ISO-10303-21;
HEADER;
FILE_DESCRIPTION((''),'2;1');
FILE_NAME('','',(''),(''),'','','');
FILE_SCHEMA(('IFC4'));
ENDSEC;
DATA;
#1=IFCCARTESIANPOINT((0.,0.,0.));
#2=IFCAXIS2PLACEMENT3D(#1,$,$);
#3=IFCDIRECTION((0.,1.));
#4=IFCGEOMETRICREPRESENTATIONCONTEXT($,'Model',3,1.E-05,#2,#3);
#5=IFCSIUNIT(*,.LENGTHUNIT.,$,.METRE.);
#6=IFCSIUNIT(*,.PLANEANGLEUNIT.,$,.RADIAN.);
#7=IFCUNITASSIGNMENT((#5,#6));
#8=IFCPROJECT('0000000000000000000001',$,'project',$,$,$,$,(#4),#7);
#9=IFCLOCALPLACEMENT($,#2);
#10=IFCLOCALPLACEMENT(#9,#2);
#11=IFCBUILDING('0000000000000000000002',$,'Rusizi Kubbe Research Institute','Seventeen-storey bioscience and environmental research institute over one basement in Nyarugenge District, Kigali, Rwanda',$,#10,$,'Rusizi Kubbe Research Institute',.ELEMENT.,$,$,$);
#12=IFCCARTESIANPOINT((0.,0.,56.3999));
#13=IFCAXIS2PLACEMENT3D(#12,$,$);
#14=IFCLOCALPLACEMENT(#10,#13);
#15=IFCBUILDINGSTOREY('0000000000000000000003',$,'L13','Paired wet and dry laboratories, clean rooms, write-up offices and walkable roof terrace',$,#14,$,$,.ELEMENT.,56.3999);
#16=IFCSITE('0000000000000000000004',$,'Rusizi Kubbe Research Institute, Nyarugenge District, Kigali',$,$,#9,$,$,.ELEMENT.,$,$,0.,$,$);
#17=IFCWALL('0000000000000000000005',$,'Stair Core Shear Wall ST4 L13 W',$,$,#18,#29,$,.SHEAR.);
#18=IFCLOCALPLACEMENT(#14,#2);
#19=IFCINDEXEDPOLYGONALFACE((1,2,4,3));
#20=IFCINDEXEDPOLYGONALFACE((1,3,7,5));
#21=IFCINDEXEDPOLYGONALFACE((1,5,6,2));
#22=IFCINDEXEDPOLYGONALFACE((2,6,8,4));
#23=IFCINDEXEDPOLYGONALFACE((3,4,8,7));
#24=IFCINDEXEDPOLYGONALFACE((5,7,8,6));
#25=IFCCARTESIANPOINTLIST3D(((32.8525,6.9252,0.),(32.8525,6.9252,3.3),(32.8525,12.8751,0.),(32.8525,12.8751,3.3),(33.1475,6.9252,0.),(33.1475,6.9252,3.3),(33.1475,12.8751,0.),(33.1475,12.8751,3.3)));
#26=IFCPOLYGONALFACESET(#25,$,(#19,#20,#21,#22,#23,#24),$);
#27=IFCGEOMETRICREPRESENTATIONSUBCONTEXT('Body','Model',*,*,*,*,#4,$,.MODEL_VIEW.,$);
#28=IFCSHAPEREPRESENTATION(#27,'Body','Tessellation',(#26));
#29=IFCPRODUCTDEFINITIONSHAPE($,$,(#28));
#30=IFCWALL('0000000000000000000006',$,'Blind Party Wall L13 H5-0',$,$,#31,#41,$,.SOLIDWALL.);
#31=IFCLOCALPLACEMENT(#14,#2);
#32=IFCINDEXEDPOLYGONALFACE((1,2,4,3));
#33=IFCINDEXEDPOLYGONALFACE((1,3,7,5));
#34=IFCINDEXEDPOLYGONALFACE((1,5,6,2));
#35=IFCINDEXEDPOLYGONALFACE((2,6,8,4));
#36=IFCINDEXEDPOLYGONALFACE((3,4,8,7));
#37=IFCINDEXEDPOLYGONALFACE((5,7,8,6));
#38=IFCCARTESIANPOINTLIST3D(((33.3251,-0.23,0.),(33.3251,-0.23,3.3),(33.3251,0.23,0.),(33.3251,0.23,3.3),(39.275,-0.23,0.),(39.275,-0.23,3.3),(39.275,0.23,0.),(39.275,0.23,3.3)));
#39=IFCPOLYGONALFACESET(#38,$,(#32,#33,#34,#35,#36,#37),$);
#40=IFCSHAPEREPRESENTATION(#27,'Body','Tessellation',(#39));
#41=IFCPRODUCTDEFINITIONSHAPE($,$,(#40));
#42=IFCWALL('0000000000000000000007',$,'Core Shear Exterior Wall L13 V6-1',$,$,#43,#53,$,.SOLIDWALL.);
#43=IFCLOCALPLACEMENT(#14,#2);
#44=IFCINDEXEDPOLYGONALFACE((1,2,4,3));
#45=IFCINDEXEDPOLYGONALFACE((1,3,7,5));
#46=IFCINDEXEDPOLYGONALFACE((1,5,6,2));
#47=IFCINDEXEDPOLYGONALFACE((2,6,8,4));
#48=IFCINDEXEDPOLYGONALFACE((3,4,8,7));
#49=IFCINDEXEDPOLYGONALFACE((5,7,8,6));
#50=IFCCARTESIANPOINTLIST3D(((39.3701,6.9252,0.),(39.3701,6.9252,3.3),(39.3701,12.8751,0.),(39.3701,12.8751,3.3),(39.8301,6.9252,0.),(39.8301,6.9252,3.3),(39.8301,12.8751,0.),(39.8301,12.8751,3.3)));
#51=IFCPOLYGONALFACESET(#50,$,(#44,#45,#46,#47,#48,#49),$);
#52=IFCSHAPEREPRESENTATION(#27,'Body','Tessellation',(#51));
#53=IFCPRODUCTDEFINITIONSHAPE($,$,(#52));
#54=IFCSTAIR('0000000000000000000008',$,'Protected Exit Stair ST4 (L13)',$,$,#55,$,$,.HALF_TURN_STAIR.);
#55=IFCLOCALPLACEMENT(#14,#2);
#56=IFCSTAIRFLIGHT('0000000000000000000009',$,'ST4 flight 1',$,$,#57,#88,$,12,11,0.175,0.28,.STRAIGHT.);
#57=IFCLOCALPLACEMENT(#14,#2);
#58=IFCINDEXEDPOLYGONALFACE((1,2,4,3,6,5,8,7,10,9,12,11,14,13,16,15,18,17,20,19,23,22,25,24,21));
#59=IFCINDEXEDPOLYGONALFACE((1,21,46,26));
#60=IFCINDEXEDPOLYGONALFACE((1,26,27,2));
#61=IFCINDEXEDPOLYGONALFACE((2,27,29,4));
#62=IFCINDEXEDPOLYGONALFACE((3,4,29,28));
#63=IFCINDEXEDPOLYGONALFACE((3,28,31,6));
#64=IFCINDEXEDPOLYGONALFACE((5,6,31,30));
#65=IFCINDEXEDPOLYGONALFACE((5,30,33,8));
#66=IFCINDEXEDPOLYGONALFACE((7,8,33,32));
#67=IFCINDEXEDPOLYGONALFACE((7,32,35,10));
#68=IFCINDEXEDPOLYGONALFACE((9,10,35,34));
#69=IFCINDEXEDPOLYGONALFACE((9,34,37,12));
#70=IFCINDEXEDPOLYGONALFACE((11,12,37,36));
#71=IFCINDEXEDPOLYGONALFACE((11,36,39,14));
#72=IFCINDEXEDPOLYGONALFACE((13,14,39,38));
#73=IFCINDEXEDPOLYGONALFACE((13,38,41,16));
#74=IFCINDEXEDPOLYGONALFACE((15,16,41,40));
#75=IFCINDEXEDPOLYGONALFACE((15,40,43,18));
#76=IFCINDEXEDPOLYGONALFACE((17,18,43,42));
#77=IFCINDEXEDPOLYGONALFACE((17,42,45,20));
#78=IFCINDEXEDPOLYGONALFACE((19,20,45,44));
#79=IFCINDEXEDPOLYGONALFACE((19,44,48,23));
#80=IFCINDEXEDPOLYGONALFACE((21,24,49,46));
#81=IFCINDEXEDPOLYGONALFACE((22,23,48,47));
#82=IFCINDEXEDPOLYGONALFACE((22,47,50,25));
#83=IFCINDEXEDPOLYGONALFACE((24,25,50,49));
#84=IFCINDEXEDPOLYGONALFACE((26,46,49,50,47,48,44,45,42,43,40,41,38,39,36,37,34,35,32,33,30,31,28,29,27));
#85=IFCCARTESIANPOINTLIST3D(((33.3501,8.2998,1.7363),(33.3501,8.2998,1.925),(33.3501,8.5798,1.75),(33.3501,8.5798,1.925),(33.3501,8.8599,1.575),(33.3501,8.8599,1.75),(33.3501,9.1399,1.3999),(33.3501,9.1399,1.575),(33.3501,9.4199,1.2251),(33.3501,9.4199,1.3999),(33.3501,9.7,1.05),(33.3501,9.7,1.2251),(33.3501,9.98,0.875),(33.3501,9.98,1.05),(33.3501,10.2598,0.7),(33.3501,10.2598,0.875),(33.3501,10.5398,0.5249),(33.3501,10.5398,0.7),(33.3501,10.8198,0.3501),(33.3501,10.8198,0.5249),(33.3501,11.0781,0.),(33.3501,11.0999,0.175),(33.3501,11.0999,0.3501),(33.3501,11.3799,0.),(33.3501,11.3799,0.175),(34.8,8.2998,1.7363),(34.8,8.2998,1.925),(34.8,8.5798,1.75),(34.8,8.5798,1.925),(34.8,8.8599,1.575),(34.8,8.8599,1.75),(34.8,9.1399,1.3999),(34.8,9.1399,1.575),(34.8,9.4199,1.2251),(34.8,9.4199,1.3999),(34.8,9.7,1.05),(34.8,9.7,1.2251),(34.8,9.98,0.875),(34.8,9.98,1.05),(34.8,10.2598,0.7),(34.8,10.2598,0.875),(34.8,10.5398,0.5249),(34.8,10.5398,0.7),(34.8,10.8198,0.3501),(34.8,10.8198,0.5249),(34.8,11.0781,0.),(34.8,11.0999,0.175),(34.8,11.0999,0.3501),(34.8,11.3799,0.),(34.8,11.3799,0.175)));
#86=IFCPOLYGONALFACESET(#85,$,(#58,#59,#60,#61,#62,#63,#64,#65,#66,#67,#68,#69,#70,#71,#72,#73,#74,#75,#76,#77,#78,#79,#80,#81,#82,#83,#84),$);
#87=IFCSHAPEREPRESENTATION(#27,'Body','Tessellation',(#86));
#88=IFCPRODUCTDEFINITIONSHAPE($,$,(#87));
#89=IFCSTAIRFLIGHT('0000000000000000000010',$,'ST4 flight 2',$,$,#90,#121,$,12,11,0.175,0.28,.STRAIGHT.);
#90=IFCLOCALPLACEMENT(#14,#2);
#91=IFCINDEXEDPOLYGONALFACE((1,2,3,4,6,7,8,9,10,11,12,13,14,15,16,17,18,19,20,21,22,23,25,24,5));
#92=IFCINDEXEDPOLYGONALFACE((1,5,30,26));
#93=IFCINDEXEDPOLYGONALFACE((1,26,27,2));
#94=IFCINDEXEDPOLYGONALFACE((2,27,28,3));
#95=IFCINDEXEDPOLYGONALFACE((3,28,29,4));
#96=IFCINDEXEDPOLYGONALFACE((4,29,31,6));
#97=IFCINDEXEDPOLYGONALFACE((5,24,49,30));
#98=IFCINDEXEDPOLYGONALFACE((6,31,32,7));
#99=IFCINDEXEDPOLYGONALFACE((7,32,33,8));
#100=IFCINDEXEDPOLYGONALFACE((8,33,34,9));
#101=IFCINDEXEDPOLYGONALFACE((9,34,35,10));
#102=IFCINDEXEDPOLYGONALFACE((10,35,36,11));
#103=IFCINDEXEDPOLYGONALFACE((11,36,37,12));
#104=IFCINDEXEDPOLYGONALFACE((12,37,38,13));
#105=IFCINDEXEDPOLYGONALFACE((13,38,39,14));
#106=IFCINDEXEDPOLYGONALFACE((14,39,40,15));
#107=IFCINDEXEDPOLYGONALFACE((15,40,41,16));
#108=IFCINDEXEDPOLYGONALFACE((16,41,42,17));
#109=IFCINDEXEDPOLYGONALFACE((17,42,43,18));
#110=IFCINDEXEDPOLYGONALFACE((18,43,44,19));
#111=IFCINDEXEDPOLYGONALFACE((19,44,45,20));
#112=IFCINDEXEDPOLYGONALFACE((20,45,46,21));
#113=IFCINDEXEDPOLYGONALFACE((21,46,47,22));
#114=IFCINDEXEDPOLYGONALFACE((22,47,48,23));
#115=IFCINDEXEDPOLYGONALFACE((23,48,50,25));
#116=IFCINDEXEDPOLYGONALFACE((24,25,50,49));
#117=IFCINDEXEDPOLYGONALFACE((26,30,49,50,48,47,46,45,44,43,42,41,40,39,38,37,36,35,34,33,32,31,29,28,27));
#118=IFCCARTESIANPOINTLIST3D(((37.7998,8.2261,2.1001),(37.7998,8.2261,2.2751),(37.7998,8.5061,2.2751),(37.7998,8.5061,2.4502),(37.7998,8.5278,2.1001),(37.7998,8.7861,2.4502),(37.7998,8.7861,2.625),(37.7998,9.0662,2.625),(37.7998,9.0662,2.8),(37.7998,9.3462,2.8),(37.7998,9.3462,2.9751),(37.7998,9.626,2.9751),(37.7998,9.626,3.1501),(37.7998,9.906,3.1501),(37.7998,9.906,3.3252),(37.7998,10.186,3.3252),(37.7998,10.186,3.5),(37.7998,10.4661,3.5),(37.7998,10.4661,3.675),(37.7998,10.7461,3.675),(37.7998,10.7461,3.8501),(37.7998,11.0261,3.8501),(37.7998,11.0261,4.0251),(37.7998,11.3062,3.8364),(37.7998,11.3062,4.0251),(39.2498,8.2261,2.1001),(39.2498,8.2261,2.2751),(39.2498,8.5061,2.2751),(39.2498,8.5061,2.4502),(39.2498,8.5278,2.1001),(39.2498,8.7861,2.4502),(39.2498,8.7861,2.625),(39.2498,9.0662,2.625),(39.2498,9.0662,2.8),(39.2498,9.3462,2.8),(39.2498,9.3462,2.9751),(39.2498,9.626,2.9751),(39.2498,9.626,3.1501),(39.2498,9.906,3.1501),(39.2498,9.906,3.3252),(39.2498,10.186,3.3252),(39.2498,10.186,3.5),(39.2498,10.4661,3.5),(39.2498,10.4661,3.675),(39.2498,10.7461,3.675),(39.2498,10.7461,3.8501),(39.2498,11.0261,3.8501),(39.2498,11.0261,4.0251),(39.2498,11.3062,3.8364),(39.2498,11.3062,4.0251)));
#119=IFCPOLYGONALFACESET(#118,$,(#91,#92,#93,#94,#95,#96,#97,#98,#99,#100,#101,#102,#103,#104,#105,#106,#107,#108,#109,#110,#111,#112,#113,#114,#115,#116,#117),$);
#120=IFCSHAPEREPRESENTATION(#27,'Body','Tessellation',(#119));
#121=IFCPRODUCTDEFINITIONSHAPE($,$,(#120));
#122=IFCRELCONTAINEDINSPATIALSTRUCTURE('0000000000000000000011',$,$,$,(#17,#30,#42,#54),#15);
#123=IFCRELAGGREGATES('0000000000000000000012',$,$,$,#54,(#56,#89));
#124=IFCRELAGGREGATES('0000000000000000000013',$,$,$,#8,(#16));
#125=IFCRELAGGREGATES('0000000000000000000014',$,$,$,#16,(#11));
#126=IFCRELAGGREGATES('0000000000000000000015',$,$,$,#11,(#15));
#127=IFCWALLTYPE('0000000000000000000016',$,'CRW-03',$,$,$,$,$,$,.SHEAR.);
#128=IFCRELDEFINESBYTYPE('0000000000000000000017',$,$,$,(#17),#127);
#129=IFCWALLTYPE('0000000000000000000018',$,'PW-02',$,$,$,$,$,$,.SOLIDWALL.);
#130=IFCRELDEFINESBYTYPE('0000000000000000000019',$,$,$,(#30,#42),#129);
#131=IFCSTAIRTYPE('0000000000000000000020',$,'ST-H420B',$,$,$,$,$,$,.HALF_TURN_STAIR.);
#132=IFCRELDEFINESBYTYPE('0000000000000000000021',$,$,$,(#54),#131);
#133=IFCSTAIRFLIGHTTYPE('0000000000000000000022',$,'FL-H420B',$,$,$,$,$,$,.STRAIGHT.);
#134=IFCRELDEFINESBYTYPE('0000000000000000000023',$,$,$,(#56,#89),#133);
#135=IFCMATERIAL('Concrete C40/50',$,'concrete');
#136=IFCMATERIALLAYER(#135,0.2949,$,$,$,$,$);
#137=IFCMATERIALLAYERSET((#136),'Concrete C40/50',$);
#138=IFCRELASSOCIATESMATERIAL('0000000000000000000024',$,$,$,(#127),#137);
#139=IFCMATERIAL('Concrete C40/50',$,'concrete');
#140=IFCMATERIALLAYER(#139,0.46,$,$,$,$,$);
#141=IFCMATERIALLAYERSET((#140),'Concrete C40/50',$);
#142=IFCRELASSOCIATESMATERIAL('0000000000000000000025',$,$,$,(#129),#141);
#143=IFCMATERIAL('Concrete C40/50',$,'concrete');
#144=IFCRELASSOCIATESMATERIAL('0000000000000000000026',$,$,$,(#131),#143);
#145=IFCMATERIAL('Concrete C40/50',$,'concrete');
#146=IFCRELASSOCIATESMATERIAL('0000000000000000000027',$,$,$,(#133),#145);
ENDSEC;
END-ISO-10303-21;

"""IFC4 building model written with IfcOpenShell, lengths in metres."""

from ifc_helpers import new_model, si_unit, direction, frame, frame_2d, origin, place, context, subcontext, project, spatial, polyline, rectangle, outline, extrude, material, layer, layer_set, type_object, element, aggregate, save


model = new_model("IFC4")

# Units and contexts
model_context = context("Model", 3, precision=1e-05, world=origin(), true_north=direction((0.0, 1.0)))
body_context = subcontext(model_context, "Body", "Model", "MODEL_VIEW")
ifc_project = project(units=[si_unit("LENGTHUNIT", "METRE"), si_unit("PLANEANGLEUNIT", "RADIAN")], contexts=[model_context])

# Site, building, storey
site_placement = place(None, origin())
site = spatial("IfcSite", under=ifc_project, at=site_placement, Name="Rusizi Kubbe Research Institute, Nyarugenge District, Kigali", CompositionType="ELEMENT", RefElevation=0.0)
building_placement = place(site_placement, origin())
building = spatial("IfcBuilding", under=site, at=building_placement, Name="Rusizi Kubbe Research Institute", Description="Seventeen-storey bioscience and environmental research institute over one basement in Nyarugenge District, Kigali, Rwanda", LongName="Rusizi Kubbe Research Institute", CompositionType="ELEMENT")
storey_placement = place(building_placement, frame((0.0, 0.0, 56.3999)))
storey = spatial("IfcBuildingStorey", under=building, at=storey_placement, Name="L13", Description="Paired wet and dry laboratories, clean rooms, write-up offices and walkable roof terrace", CompositionType="ELEMENT", Elevation=56.3999)

# Walls
ifc_material_1 = material(Name="Concrete C40/50", Category="concrete")
ifc_layer_1 = layer(ifc_material_1, 0.2949)
ifc_layer_set_1 = layer_set([ifc_layer_1], Name="Concrete C40/50")
wall_type_1 = type_object("IfcWallType", Name="CRW-03", PredefinedType="SHEAR", material=ifc_layer_set_1)
for number, where, z_axis, x_axis, name in (
    (1, (33.0, 6.925, 0.0), (0.0, 0.0, 1.0), (0.0, 1.0, 0.0), "Stair Core Shear Wall ST4 L13 W"),
):
    element("IfcWall", number, at=place(storey_placement, frame(where, z_axis=z_axis, x_axis=x_axis)), inside=storey, type_object=wall_type_1, Name=name, PredefinedType="SHEAR", context=body_context, shape_type="SweptSolid", body=[
        extrude(rectangle(XDim=5.95, YDim=0.2949, at=frame_2d((2.9751, 0.0))), origin(), (0.0, 0.0, 1.0), 3.3),
    ])
ifc_material_2 = material(Name="Concrete C40/50", Category="concrete")
ifc_layer_2 = layer(ifc_material_2, 0.46)
ifc_layer_set_2 = layer_set([ifc_layer_2], Name="Concrete C40/50")
wall_type_2 = type_object("IfcWallType", Name="PW-02", PredefinedType="SOLIDWALL", material=ifc_layer_set_2)
for number, where, z_axis, x_axis, name in (
    (2, (33.325, 0.0, 0.0), (0.0, 0.0, 1.0), (1.0, 0.0, 0.0), "Blind Party Wall L13 H5-0"),
    (3, (39.6001, 6.925, 0.0), (0.0, 0.0, 1.0), (0.0, 1.0, 0.0), "Core Shear Exterior Wall L13 V6-1"),
):
    element("IfcWall", number, at=place(storey_placement, frame(where, z_axis=z_axis, x_axis=x_axis)), inside=storey, type_object=wall_type_2, Name=name, PredefinedType="SOLIDWALL", context=body_context, shape_type="SweptSolid", body=[
        extrude(rectangle(XDim=5.95, YDim=0.46, at=frame_2d((2.9751, 0.0))), origin(), (0.0, 0.0, 1.0), 3.3),
    ])

# Stair, stair flights
ifc_material_3 = material(Name="Concrete C40/50", Category="concrete")
stair_type = type_object("IfcStairType", Name="ST-H420B", PredefinedType="HALF_TURN_STAIR", material=ifc_material_3)
stair_placement = place(storey_placement, origin())
stair = element("IfcStair", 4, at=stair_placement, inside=storey, type_object=stair_type, Name="Protected Exit Stair ST4 (L13)", PredefinedType="HALF_TURN_STAIR")
ifc_material_4 = material(Name="Concrete C40/50", Category="concrete")
stair_flight_type = type_object("IfcStairFlightType", Name="FL-H420B", PredefinedType="STRAIGHT", material=ifc_material_4)
stair_flight_1_placement = place(storey_placement, frame((34.075, 11.3799, 0.0), z_axis=(0.0, 0.0, 1.0), x_axis=(0.0, -1.0, 0.0)))
stair_flight_1 = element("IfcStairFlight", 5, at=stair_flight_1_placement, type_object=stair_flight_type, Name="ST4 flight 1", NumberOfRisers=12, NumberOfTreads=11, PredefinedType="STRAIGHT", RiserHeight=0.175, TreadLength=0.28, context=body_context, shape_type="SweptSolid", body=[
    extrude(outline(polyline([(0.0, 0.0), (0.0, 0.175), (0.28, 0.175), (0.28, 0.3501), (0.5601, 0.3501), (0.5601, 0.5249), (0.8401, 0.5249), (0.8401, 0.7), (1.1201, 0.7), (1.1201, 0.875), (1.3999, 0.875), (1.3999, 1.05), (1.6799, 1.05), (1.6799, 1.2251), (1.96, 1.2251), (1.96, 1.3999), (2.24, 1.3999), (2.24, 1.575), (2.52, 1.575), (2.52, 1.75), (2.8, 1.75), (2.8, 1.925), (3.0801, 1.925), (3.0801, 2.1001), (3.0801, 1.7363), (0.3018, 0.0), (0.0, 0.0)])), frame((0.0, 0.7251, 0.0), z_axis=(0.0, -1.0, 0.0), x_axis=(1.0, 0.0, 0.0)), (0.0, 0.0, 1.0), 1.45),
])
stair_flight_2_placement = place(storey_placement, frame((38.5249, 8.2261, 2.1001), z_axis=(0.0, 0.0, 1.0), x_axis=(0.0, 1.0, 0.0)))
stair_flight_2 = element("IfcStairFlight", 6, at=stair_flight_2_placement, type_object=stair_flight_type, Name="ST4 flight 2", NumberOfRisers=12, NumberOfTreads=11, PredefinedType="STRAIGHT", RiserHeight=0.175, TreadLength=0.28, context=body_context, shape_type="SweptSolid", body=[
    extrude(outline(polyline([(0.0, 0.0), (0.0, 0.175), (0.28, 0.175), (0.28, 0.3501), (0.5601, 0.3501), (0.5601, 0.5249), (0.8401, 0.5249), (0.8401, 0.7), (1.1201, 0.7), (1.1201, 0.875), (1.3999, 0.875), (1.3999, 1.05), (1.6799, 1.05), (1.6799, 1.2251), (1.96, 1.2251), (1.96, 1.3999), (2.24, 1.3999), (2.24, 1.575), (2.52, 1.575), (2.52, 1.75), (2.8, 1.75), (2.8, 1.925), (3.0801, 1.925), (3.0801, 2.1001), (3.0801, 1.7363), (0.3018, 0.0), (0.0, 0.0)])), frame((0.0, 0.7251, 0.0), z_axis=(0.0, -1.0, 0.0), x_axis=(1.0, 0.0, 0.0)), (0.0, 0.0, 1.0), 1.45),
])
aggregate(stair, [stair_flight_1, stair_flight_2])

save(model, "model.ifc")
